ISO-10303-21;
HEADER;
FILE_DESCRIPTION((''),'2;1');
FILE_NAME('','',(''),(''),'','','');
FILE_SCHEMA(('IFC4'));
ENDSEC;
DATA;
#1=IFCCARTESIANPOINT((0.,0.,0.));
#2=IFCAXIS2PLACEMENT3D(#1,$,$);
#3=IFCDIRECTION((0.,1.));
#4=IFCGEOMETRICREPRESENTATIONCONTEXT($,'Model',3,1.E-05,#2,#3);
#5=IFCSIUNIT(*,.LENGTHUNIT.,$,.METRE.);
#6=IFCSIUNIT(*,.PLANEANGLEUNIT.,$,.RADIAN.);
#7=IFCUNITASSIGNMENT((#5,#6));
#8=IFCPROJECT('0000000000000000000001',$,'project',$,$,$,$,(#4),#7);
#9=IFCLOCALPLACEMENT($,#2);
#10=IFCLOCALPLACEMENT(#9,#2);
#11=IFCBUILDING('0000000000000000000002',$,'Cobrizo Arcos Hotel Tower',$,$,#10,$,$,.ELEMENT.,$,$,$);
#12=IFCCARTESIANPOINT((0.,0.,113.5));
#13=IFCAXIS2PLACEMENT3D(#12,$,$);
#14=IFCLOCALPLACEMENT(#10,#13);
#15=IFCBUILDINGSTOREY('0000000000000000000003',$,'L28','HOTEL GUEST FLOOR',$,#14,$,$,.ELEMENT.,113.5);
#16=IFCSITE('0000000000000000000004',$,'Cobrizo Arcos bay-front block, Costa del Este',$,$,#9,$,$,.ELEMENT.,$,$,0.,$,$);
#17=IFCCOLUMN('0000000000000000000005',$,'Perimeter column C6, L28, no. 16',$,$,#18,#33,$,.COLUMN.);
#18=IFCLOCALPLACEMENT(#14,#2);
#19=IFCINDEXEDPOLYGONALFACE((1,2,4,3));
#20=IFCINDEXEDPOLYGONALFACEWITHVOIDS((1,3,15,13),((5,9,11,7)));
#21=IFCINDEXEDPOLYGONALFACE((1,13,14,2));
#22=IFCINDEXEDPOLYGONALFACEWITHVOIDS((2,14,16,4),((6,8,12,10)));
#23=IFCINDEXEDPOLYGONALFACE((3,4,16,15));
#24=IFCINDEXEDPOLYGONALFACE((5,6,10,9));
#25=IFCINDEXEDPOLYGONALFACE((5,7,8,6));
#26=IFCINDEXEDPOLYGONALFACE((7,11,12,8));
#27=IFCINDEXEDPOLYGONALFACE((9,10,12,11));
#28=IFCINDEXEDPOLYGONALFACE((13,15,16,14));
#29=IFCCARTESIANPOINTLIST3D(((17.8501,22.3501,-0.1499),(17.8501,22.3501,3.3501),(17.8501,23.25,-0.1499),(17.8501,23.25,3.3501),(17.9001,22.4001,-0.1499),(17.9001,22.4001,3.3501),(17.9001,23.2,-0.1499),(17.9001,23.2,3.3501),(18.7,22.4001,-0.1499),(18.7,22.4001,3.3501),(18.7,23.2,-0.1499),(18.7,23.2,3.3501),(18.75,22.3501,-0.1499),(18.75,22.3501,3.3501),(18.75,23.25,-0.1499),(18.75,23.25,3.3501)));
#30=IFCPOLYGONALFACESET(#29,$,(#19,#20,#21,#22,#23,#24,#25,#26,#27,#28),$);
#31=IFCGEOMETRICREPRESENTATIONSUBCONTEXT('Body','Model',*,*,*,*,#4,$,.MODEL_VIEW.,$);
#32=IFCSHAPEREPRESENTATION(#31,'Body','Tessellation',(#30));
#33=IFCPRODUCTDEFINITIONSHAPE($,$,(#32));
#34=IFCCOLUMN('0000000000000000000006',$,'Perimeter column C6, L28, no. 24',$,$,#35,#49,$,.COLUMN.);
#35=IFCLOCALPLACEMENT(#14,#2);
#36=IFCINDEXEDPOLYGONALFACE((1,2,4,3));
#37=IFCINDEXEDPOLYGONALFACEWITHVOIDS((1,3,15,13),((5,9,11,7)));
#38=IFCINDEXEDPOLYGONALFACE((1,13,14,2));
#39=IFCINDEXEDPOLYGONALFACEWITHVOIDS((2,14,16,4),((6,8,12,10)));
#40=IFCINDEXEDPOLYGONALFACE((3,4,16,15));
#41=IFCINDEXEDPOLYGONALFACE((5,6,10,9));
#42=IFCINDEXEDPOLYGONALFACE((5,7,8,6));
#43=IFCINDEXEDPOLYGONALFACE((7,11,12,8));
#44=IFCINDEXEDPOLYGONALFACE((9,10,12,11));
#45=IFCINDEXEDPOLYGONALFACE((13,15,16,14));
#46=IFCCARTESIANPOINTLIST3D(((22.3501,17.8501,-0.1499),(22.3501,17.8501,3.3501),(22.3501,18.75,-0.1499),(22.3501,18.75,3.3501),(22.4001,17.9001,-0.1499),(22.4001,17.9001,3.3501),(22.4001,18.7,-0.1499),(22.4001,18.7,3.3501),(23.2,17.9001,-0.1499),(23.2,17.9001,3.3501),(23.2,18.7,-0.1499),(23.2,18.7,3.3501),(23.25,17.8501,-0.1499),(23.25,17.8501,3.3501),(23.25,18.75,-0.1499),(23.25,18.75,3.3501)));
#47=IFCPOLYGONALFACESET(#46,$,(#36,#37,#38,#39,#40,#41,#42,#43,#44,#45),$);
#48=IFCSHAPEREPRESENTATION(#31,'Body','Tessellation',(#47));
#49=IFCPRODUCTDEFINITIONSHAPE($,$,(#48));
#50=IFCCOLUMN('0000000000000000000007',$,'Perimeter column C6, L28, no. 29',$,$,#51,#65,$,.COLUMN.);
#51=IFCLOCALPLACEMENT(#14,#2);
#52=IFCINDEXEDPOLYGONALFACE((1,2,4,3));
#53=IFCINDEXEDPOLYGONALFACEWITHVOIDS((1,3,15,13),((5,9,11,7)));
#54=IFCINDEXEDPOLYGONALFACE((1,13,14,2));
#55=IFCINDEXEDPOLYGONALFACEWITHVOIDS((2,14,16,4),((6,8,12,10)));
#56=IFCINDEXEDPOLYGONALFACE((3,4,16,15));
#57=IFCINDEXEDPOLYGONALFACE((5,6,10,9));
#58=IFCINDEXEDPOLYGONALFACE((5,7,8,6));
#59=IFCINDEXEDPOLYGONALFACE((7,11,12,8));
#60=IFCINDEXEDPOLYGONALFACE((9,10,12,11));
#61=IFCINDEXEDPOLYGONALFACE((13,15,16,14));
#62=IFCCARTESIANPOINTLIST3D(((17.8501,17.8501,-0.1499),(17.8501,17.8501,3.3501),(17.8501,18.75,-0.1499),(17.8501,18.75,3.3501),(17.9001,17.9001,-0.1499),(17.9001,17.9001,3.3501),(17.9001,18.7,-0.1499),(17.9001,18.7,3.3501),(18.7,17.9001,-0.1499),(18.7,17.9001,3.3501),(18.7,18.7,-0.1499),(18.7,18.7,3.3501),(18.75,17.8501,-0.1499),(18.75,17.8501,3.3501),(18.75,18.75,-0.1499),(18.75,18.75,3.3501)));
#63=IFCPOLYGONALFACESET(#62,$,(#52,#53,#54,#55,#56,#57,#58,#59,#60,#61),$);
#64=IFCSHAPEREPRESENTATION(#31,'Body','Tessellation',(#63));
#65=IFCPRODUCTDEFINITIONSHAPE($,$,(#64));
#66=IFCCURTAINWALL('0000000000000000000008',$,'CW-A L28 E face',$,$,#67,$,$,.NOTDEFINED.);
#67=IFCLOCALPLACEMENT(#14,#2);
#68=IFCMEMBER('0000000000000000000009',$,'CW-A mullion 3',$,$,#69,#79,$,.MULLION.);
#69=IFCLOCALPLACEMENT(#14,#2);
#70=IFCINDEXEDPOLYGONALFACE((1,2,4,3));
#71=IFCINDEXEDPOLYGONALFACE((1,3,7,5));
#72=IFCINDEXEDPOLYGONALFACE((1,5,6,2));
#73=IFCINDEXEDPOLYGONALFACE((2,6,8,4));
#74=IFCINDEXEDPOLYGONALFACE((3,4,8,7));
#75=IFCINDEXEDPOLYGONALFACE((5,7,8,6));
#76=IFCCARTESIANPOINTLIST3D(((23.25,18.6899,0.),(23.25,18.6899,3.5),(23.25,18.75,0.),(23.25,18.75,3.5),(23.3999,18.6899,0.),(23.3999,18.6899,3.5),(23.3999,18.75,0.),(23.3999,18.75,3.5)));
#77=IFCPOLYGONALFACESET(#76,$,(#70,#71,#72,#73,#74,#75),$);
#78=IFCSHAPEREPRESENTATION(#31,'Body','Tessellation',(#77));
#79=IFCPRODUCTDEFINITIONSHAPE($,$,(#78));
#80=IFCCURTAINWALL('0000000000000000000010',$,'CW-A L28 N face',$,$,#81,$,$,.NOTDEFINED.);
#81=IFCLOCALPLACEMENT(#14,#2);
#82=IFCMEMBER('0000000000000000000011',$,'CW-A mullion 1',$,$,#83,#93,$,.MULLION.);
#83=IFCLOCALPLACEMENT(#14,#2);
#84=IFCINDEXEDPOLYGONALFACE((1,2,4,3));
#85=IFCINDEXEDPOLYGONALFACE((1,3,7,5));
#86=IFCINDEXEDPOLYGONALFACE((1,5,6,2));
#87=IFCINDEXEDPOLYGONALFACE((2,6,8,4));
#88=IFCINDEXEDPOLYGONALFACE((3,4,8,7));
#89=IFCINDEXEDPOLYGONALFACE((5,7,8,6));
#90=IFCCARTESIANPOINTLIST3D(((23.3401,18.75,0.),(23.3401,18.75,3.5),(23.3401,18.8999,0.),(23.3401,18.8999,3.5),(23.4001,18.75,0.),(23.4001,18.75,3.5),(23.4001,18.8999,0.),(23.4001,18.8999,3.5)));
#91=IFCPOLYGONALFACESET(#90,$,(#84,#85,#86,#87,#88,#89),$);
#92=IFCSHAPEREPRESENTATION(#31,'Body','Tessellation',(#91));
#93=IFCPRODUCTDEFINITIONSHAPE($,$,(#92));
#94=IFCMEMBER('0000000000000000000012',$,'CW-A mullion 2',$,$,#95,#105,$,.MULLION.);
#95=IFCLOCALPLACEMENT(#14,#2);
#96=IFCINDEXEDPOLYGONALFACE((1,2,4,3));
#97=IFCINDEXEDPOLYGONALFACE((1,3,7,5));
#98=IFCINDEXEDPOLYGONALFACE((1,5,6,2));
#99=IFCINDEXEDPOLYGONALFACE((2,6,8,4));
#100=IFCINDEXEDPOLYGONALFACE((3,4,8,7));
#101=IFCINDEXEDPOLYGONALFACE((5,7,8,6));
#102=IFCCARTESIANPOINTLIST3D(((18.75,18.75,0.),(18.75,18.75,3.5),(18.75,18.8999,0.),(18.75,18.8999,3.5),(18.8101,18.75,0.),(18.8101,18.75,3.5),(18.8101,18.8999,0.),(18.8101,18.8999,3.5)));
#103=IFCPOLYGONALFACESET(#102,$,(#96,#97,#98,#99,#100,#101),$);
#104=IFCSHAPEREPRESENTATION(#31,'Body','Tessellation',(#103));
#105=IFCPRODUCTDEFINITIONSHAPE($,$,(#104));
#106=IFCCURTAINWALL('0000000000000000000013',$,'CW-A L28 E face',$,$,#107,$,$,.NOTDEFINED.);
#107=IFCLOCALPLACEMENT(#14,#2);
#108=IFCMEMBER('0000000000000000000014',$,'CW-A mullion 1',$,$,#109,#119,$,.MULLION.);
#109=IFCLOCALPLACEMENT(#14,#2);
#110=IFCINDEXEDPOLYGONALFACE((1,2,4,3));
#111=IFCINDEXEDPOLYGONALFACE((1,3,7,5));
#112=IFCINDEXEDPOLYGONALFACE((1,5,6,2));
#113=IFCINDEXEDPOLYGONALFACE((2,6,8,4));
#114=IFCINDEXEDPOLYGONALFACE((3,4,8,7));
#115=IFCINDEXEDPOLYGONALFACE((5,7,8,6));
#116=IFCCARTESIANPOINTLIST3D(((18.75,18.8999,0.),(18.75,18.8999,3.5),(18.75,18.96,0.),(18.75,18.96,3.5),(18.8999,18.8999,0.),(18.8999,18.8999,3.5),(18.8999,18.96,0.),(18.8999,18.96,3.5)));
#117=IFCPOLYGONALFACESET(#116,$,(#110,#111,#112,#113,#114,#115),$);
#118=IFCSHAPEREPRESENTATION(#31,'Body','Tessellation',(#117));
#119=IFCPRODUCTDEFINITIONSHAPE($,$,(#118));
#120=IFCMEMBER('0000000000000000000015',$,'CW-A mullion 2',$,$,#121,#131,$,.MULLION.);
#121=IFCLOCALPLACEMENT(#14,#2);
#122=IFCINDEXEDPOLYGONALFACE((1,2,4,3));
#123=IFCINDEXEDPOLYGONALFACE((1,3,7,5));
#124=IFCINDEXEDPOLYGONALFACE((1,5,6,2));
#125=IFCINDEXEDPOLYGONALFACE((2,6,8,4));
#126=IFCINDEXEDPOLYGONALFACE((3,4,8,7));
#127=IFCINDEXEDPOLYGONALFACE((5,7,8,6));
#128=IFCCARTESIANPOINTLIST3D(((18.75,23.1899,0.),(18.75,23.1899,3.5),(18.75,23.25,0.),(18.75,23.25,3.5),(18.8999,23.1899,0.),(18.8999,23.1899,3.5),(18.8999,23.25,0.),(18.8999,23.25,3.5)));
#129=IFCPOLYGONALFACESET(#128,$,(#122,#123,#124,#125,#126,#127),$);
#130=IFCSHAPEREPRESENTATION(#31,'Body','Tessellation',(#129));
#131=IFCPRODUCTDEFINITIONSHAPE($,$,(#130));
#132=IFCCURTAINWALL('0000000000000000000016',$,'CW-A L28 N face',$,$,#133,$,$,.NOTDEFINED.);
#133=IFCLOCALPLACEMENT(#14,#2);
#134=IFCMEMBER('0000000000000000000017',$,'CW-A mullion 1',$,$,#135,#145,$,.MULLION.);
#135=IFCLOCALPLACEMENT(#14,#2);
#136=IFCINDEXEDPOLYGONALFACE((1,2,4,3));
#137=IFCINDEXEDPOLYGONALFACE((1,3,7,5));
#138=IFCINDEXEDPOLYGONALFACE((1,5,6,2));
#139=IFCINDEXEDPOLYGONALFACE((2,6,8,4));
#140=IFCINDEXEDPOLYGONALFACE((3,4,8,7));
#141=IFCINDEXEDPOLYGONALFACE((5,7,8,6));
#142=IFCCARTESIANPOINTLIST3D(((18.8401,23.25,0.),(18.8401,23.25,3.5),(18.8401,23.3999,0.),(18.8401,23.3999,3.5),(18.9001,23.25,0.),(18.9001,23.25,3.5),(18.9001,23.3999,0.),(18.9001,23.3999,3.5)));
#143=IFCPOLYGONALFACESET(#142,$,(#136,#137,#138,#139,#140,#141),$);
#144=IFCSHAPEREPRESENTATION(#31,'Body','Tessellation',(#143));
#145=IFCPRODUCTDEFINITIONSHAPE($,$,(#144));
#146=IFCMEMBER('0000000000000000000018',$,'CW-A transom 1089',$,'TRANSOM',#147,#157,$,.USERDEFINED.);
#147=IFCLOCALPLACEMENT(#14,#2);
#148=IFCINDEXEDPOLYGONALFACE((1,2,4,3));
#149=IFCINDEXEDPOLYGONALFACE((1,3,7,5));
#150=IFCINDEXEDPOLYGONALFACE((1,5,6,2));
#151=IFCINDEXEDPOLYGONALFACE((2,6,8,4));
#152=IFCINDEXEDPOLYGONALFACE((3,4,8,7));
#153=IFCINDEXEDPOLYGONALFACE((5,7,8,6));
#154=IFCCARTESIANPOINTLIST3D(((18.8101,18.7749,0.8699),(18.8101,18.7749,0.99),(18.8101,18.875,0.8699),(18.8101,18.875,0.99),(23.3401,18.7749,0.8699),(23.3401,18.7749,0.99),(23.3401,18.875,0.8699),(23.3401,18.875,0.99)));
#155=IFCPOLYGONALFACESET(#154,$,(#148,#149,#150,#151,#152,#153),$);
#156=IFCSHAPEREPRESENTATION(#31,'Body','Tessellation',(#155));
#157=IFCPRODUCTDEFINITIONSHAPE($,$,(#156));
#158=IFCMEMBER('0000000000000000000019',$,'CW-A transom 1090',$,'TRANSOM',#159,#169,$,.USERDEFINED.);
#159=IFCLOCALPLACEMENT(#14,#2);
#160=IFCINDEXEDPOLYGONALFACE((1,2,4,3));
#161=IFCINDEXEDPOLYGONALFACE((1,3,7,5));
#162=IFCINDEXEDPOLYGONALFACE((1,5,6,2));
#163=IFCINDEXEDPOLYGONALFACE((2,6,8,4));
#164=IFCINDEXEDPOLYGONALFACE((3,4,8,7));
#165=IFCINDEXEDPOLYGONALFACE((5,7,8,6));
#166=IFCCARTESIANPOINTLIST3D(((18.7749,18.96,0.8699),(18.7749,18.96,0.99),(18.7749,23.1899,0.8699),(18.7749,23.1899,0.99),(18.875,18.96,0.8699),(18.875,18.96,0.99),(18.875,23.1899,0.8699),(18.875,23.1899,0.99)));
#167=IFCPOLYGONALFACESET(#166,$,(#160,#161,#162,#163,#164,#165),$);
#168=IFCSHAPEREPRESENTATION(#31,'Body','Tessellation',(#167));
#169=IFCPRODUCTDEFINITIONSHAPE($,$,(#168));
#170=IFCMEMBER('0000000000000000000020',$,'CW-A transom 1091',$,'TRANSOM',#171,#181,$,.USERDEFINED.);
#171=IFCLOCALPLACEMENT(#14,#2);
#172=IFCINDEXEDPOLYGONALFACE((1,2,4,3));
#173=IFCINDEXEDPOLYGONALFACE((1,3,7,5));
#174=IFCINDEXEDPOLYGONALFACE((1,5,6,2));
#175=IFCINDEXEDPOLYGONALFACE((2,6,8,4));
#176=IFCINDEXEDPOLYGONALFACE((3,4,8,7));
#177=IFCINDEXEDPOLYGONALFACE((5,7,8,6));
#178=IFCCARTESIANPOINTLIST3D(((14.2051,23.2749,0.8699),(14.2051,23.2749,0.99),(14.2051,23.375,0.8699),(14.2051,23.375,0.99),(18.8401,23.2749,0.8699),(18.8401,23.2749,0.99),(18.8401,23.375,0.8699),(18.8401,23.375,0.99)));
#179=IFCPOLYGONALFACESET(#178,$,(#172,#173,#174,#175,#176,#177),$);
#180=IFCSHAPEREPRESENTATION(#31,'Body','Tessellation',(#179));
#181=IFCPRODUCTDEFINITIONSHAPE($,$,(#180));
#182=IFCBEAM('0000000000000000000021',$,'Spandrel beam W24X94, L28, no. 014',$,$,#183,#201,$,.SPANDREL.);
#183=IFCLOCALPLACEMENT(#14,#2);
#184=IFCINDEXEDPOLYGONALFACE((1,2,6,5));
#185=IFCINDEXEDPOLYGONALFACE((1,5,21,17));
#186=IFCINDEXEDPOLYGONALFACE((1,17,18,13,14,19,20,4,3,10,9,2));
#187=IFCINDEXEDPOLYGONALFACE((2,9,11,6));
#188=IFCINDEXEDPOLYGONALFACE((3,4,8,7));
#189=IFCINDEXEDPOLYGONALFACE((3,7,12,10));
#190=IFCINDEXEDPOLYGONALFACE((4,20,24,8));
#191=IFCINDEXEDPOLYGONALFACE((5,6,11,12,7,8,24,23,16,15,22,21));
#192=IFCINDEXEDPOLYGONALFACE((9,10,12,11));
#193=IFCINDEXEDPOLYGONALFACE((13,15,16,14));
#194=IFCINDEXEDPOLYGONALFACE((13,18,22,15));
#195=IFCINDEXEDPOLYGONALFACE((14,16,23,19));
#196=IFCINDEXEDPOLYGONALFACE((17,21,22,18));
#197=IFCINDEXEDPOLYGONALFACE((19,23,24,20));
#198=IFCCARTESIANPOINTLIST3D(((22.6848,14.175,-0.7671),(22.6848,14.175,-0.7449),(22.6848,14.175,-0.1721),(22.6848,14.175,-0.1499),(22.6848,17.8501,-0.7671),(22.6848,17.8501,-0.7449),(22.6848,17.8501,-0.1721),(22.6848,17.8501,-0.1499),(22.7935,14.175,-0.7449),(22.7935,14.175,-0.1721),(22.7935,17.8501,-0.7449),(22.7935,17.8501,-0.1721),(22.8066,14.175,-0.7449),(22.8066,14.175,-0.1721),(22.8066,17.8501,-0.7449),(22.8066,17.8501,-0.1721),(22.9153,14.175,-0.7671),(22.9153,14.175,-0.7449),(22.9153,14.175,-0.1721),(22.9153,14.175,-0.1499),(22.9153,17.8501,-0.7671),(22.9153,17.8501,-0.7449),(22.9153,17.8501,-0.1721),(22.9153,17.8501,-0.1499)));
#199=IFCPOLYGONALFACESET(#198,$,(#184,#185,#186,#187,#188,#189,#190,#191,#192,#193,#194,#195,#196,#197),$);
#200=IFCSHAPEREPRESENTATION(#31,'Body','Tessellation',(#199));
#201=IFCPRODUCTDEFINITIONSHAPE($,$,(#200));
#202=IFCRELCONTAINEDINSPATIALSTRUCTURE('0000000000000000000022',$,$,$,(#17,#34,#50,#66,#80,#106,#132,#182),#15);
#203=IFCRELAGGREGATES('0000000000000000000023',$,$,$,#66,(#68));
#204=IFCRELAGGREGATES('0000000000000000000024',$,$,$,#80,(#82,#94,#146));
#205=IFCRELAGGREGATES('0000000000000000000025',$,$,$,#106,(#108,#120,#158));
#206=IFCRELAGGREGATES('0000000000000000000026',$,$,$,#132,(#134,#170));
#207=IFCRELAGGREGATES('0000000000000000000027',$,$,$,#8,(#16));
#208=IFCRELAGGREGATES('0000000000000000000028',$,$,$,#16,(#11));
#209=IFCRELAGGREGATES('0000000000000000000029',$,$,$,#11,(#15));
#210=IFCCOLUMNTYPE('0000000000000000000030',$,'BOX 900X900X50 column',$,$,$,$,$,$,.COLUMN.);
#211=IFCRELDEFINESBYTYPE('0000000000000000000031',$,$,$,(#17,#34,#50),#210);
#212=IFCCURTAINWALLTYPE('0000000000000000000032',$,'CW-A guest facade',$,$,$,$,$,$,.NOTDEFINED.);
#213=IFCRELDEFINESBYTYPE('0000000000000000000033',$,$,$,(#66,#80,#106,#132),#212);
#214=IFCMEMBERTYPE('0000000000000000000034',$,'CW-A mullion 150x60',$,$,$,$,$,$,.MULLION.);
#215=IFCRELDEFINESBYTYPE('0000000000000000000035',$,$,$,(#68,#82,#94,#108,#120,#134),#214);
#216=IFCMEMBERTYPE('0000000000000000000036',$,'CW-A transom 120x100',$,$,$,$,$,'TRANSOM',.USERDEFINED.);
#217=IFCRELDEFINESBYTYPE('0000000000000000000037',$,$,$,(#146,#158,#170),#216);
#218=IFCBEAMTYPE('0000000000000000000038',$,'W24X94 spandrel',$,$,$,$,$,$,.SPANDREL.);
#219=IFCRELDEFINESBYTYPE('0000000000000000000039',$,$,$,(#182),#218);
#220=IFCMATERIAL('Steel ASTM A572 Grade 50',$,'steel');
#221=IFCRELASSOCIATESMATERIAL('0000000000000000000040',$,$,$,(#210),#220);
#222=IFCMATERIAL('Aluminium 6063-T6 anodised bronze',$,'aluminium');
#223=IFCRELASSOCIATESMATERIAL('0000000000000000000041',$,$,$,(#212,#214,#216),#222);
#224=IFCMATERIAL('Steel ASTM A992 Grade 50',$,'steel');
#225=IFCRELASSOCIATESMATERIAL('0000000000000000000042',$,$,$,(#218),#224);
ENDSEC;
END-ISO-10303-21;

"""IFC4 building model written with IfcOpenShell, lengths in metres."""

from ifc_helpers import new_model, si_unit, direction, frame, origin, origin_2d, place, context, subcontext, project, spatial, rectangle, hollow_rectangle, i_section, extrude, material, material_profile, profile_set, type_object, element, aggregate, save


model = new_model("IFC4")

# Units and contexts
model_context = context("Model", 3, precision=1e-05, world=origin(), true_north=direction((0.0, 1.0)))
body_context = subcontext(model_context, "Body", "Model", "MODEL_VIEW")
ifc_project = project(units=[si_unit("LENGTHUNIT", "METRE"), si_unit("PLANEANGLEUNIT", "RADIAN")], contexts=[model_context])

# Site, building, storey
site_placement = place(None, origin())
site = spatial("IfcSite", under=ifc_project, at=site_placement, Name="Cobrizo Arcos bay-front block, Costa del Este", CompositionType="ELEMENT", RefElevation=0.0)
building_placement = place(site_placement, origin())
building = spatial("IfcBuilding", under=site, at=building_placement, Name="Cobrizo Arcos Hotel Tower", CompositionType="ELEMENT")
storey_placement = place(building_placement, frame((0.0, 0.0, 113.5)))
storey = spatial("IfcBuildingStorey", under=building, at=storey_placement, Name="L28", Description="HOTEL GUEST FLOOR", CompositionType="ELEMENT", Elevation=113.5)

# Columns
ifc_material_1 = material(Name="Steel ASTM A572 Grade 50", Category="steel")
ifc_material_profile_1 = material_profile(ifc_material_1, hollow_rectangle(XDim=0.8999, YDim=0.8999, WallThickness=0.05, at=origin_2d()), Name="BOX 900X900X50")
ifc_profile_set_1 = profile_set([ifc_material_profile_1], Name="Steel ASTM A572 Grade 50")
column_type = type_object("IfcColumnType", Name="BOX 900X900X50 column", PredefinedType="COLUMN", material=ifc_profile_set_1)
for number, where, z_axis, x_axis, name in (
    (1, (18.3, 22.8, -0.1499), (0.0, 0.0, 1.0), (1.0, 0.0, 0.0), "Perimeter column C6, L28, no. 16"),
    (2, (22.8, 18.3, -0.1499), (0.0, 0.0, 1.0), (1.0, 0.0, 0.0), "Perimeter column C6, L28, no. 24"),
    (3, (18.3, 18.3, -0.1499), (0.0, 0.0, 1.0), (1.0, 0.0, 0.0), "Perimeter column C6, L28, no. 29"),
):
    element("IfcColumn", number, at=place(storey_placement, frame(where, z_axis=z_axis, x_axis=x_axis)), inside=storey, type_object=column_type, Name=name, PredefinedType="COLUMN", context=body_context, shape_type="SweptSolid", body=[
        extrude(hollow_rectangle(XDim=0.8999, YDim=0.8999, WallThickness=0.05, at=origin_2d()), origin(), (0.0, 0.0, 1.0), 3.5),
    ])

# Curtain wall, member
ifc_material_2 = material(Name="Aluminium 6063-T6 anodised bronze", Category="aluminium")
curtain_wall_type = type_object("IfcCurtainWallType", Name="CW-A guest facade", PredefinedType="NOTDEFINED", material=ifc_material_2)
curtain_wall_1_placement = place(storey_placement, origin())
curtain_wall_1 = element("IfcCurtainWall", 4, at=curtain_wall_1_placement, inside=storey, type_object=curtain_wall_type, Name="CW-A L28 E face", PredefinedType="NOTDEFINED")
ifc_material_profile_2 = material_profile(ifc_material_2, rectangle(XDim=0.1499, YDim=0.0601, at=origin_2d()), Name="CW-A mullion 150x60")
ifc_profile_set_2 = profile_set([ifc_material_profile_2], Name="Aluminium 6063-T6 anodised bronze")
member_type_1 = type_object("IfcMemberType", Name="CW-A mullion 150x60", PredefinedType="MULLION", material=ifc_profile_set_2)
member_1_placement = place(storey_placement, frame((23.325, 18.72, 0.0), z_axis=(0.0, 0.0, 1.0), x_axis=(1.0, 0.0, 0.0)))
member_1 = element("IfcMember", 5, at=member_1_placement, type_object=member_type_1, Name="CW-A mullion 3", PredefinedType="MULLION", context=body_context, shape_type="SweptSolid", body=[
    extrude(rectangle(XDim=0.1499, YDim=0.0601, at=origin_2d()), origin(), (0.0, 0.0, 1.0), 3.5),
])

# Curtain walls, members
curtain_wall_2_placement = place(storey_placement, origin())
curtain_wall_2 = element("IfcCurtainWall", 6, at=curtain_wall_2_placement, inside=storey, type_object=curtain_wall_type, Name="CW-A L28 N face", PredefinedType="NOTDEFINED")
member_2_placement = place(storey_placement, frame((23.3701, 18.825, 0.0), z_axis=(0.0, 0.0, 1.0), x_axis=(0.0, 1.0, 0.0)))
member_2 = element("IfcMember", 7, at=member_2_placement, type_object=member_type_1, Name="CW-A mullion 1", PredefinedType="MULLION", context=body_context, shape_type="SweptSolid", body=[
    extrude(rectangle(XDim=0.1499, YDim=0.0601, at=origin_2d()), origin(), (0.0, 0.0, 1.0), 3.5),
])
member_3_placement = place(storey_placement, frame((18.78, 18.825, 0.0), z_axis=(0.0, 0.0, 1.0), x_axis=(0.0, 1.0, 0.0)))
member_3 = element("IfcMember", 8, at=member_3_placement, type_object=member_type_1, Name="CW-A mullion 2", PredefinedType="MULLION", context=body_context, shape_type="SweptSolid", body=[
    extrude(rectangle(XDim=0.1499, YDim=0.0601, at=origin_2d()), origin(), (0.0, 0.0, 1.0), 3.5),
])
curtain_wall_3_placement = place(storey_placement, origin())
curtain_wall_3 = element("IfcCurtainWall", 9, at=curtain_wall_3_placement, inside=storey, type_object=curtain_wall_type, Name="CW-A L28 E face", PredefinedType="NOTDEFINED")
member_4_placement = place(storey_placement, frame((18.825, 18.9299, 0.0), z_axis=(0.0, 0.0, 1.0), x_axis=(1.0, 0.0, 0.0)))
member_4 = element("IfcMember", 10, at=member_4_placement, type_object=member_type_1, Name="CW-A mullion 1", PredefinedType="MULLION", context=body_context, shape_type="SweptSolid", body=[
    extrude(rectangle(XDim=0.1499, YDim=0.0601, at=origin_2d()), origin(), (0.0, 0.0, 1.0), 3.5),
])
member_5_placement = place(storey_placement, frame((18.825, 23.22, 0.0), z_axis=(0.0, 0.0, 1.0), x_axis=(1.0, 0.0, 0.0)))
member_5 = element("IfcMember", 11, at=member_5_placement, type_object=member_type_1, Name="CW-A mullion 2", PredefinedType="MULLION", context=body_context, shape_type="SweptSolid", body=[
    extrude(rectangle(XDim=0.1499, YDim=0.0601, at=origin_2d()), origin(), (0.0, 0.0, 1.0), 3.5),
])

# Curtain wall, member
curtain_wall_4_placement = place(storey_placement, origin())
curtain_wall_4 = element("IfcCurtainWall", 12, at=curtain_wall_4_placement, inside=storey, type_object=curtain_wall_type, Name="CW-A L28 N face", PredefinedType="NOTDEFINED")
member_6_placement = place(storey_placement, frame((18.8701, 23.325, 0.0), z_axis=(0.0, 0.0, 1.0), x_axis=(0.0, 1.0, 0.0)))
member_6 = element("IfcMember", 13, at=member_6_placement, type_object=member_type_1, Name="CW-A mullion 1", PredefinedType="MULLION", context=body_context, shape_type="SweptSolid", body=[
    extrude(rectangle(XDim=0.1499, YDim=0.0601, at=origin_2d()), origin(), (0.0, 0.0, 1.0), 3.5),
])

# Members
ifc_material_profile_3 = material_profile(ifc_material_2, rectangle(XDim=0.1001, YDim=0.1201, at=origin_2d()), Name="CW-A transom 120x100")
ifc_profile_set_3 = profile_set([ifc_material_profile_3], Name="Aluminium 6063-T6 anodised bronze")
member_type_2 = type_object("IfcMemberType", Name="CW-A transom 120x100", ElementType="TRANSOM", PredefinedType="USERDEFINED", material=ifc_profile_set_3)
member_7_placement = place(storey_placement, frame((23.3401, 18.825, 0.9299), z_axis=(-1.0, 0.0, 0.0), x_axis=(0.0, -1.0, 0.0)))
member_7 = element("IfcMember", 14, at=member_7_placement, type_object=member_type_2, Name="CW-A transom 1089", ObjectType="TRANSOM", PredefinedType="USERDEFINED", context=body_context, shape_type="SweptSolid", body=[
    extrude(rectangle(XDim=0.1001, YDim=0.1201, at=origin_2d()), origin(), (0.0, 0.0, 1.0), 4.53),
])
member_8_placement = place(storey_placement, frame((18.825, 18.96, 0.9299), z_axis=(0.0, 1.0, 0.0), x_axis=(-1.0, 0.0, 0.0)))
member_8 = element("IfcMember", 15, at=member_8_placement, type_object=member_type_2, Name="CW-A transom 1090", ObjectType="TRANSOM", PredefinedType="USERDEFINED", context=body_context, shape_type="SweptSolid", body=[
    extrude(rectangle(XDim=0.1001, YDim=0.1201, at=origin_2d()), origin(), (0.0, 0.0, 1.0), 4.23),
])
member_9_placement = place(storey_placement, frame((18.8401, 23.325, 0.9299), z_axis=(-1.0, 0.0, 0.0), x_axis=(0.0, -1.0, 0.0)))
member_9 = element("IfcMember", 16, at=member_9_placement, type_object=member_type_2, Name="CW-A transom 1091", ObjectType="TRANSOM", PredefinedType="USERDEFINED", context=body_context, shape_type="SweptSolid", body=[
    extrude(rectangle(XDim=0.1001, YDim=0.1201, at=origin_2d()), origin(), (0.0, 0.0, 1.0), 4.635),
])

# Beam
ifc_material_3 = material(Name="Steel ASTM A992 Grade 50", Category="steel")
ifc_material_profile_4 = material_profile(ifc_material_3, i_section(OverallWidth=0.2305, OverallDepth=0.6172, WebThickness=0.0132, FlangeThickness=0.0222, at=origin_2d()), Name="W24X94")
ifc_profile_set_4 = profile_set([ifc_material_profile_4], Name="Steel ASTM A992 Grade 50")
beam_type = type_object("IfcBeamType", Name="W24X94 spandrel", PredefinedType="SPANDREL", material=ifc_profile_set_4)
beam_1_placement = place(storey_placement, frame((22.8, 14.175, -0.4585), z_axis=(0.0, 1.0, 0.0), x_axis=(-1.0, 0.0, 0.0)))
element("IfcBeam", 17, at=beam_1_placement, inside=storey, type_object=beam_type, Name="Spandrel beam W24X94, L28, no. 014", PredefinedType="SPANDREL", context=body_context, shape_type="SweptSolid", body=[
    extrude(i_section(OverallWidth=0.2305, OverallDepth=0.6172, WebThickness=0.0132, FlangeThickness=0.0222, at=origin_2d()), origin(), (0.0, 0.0, 1.0), 3.675),
])

aggregate(curtain_wall_1, [member_1])
aggregate(curtain_wall_2, [member_2, member_3, member_7])
aggregate(curtain_wall_3, [member_4, member_5, member_8])
aggregate(curtain_wall_4, [member_6, member_9])

save(model, "model.ifc")
